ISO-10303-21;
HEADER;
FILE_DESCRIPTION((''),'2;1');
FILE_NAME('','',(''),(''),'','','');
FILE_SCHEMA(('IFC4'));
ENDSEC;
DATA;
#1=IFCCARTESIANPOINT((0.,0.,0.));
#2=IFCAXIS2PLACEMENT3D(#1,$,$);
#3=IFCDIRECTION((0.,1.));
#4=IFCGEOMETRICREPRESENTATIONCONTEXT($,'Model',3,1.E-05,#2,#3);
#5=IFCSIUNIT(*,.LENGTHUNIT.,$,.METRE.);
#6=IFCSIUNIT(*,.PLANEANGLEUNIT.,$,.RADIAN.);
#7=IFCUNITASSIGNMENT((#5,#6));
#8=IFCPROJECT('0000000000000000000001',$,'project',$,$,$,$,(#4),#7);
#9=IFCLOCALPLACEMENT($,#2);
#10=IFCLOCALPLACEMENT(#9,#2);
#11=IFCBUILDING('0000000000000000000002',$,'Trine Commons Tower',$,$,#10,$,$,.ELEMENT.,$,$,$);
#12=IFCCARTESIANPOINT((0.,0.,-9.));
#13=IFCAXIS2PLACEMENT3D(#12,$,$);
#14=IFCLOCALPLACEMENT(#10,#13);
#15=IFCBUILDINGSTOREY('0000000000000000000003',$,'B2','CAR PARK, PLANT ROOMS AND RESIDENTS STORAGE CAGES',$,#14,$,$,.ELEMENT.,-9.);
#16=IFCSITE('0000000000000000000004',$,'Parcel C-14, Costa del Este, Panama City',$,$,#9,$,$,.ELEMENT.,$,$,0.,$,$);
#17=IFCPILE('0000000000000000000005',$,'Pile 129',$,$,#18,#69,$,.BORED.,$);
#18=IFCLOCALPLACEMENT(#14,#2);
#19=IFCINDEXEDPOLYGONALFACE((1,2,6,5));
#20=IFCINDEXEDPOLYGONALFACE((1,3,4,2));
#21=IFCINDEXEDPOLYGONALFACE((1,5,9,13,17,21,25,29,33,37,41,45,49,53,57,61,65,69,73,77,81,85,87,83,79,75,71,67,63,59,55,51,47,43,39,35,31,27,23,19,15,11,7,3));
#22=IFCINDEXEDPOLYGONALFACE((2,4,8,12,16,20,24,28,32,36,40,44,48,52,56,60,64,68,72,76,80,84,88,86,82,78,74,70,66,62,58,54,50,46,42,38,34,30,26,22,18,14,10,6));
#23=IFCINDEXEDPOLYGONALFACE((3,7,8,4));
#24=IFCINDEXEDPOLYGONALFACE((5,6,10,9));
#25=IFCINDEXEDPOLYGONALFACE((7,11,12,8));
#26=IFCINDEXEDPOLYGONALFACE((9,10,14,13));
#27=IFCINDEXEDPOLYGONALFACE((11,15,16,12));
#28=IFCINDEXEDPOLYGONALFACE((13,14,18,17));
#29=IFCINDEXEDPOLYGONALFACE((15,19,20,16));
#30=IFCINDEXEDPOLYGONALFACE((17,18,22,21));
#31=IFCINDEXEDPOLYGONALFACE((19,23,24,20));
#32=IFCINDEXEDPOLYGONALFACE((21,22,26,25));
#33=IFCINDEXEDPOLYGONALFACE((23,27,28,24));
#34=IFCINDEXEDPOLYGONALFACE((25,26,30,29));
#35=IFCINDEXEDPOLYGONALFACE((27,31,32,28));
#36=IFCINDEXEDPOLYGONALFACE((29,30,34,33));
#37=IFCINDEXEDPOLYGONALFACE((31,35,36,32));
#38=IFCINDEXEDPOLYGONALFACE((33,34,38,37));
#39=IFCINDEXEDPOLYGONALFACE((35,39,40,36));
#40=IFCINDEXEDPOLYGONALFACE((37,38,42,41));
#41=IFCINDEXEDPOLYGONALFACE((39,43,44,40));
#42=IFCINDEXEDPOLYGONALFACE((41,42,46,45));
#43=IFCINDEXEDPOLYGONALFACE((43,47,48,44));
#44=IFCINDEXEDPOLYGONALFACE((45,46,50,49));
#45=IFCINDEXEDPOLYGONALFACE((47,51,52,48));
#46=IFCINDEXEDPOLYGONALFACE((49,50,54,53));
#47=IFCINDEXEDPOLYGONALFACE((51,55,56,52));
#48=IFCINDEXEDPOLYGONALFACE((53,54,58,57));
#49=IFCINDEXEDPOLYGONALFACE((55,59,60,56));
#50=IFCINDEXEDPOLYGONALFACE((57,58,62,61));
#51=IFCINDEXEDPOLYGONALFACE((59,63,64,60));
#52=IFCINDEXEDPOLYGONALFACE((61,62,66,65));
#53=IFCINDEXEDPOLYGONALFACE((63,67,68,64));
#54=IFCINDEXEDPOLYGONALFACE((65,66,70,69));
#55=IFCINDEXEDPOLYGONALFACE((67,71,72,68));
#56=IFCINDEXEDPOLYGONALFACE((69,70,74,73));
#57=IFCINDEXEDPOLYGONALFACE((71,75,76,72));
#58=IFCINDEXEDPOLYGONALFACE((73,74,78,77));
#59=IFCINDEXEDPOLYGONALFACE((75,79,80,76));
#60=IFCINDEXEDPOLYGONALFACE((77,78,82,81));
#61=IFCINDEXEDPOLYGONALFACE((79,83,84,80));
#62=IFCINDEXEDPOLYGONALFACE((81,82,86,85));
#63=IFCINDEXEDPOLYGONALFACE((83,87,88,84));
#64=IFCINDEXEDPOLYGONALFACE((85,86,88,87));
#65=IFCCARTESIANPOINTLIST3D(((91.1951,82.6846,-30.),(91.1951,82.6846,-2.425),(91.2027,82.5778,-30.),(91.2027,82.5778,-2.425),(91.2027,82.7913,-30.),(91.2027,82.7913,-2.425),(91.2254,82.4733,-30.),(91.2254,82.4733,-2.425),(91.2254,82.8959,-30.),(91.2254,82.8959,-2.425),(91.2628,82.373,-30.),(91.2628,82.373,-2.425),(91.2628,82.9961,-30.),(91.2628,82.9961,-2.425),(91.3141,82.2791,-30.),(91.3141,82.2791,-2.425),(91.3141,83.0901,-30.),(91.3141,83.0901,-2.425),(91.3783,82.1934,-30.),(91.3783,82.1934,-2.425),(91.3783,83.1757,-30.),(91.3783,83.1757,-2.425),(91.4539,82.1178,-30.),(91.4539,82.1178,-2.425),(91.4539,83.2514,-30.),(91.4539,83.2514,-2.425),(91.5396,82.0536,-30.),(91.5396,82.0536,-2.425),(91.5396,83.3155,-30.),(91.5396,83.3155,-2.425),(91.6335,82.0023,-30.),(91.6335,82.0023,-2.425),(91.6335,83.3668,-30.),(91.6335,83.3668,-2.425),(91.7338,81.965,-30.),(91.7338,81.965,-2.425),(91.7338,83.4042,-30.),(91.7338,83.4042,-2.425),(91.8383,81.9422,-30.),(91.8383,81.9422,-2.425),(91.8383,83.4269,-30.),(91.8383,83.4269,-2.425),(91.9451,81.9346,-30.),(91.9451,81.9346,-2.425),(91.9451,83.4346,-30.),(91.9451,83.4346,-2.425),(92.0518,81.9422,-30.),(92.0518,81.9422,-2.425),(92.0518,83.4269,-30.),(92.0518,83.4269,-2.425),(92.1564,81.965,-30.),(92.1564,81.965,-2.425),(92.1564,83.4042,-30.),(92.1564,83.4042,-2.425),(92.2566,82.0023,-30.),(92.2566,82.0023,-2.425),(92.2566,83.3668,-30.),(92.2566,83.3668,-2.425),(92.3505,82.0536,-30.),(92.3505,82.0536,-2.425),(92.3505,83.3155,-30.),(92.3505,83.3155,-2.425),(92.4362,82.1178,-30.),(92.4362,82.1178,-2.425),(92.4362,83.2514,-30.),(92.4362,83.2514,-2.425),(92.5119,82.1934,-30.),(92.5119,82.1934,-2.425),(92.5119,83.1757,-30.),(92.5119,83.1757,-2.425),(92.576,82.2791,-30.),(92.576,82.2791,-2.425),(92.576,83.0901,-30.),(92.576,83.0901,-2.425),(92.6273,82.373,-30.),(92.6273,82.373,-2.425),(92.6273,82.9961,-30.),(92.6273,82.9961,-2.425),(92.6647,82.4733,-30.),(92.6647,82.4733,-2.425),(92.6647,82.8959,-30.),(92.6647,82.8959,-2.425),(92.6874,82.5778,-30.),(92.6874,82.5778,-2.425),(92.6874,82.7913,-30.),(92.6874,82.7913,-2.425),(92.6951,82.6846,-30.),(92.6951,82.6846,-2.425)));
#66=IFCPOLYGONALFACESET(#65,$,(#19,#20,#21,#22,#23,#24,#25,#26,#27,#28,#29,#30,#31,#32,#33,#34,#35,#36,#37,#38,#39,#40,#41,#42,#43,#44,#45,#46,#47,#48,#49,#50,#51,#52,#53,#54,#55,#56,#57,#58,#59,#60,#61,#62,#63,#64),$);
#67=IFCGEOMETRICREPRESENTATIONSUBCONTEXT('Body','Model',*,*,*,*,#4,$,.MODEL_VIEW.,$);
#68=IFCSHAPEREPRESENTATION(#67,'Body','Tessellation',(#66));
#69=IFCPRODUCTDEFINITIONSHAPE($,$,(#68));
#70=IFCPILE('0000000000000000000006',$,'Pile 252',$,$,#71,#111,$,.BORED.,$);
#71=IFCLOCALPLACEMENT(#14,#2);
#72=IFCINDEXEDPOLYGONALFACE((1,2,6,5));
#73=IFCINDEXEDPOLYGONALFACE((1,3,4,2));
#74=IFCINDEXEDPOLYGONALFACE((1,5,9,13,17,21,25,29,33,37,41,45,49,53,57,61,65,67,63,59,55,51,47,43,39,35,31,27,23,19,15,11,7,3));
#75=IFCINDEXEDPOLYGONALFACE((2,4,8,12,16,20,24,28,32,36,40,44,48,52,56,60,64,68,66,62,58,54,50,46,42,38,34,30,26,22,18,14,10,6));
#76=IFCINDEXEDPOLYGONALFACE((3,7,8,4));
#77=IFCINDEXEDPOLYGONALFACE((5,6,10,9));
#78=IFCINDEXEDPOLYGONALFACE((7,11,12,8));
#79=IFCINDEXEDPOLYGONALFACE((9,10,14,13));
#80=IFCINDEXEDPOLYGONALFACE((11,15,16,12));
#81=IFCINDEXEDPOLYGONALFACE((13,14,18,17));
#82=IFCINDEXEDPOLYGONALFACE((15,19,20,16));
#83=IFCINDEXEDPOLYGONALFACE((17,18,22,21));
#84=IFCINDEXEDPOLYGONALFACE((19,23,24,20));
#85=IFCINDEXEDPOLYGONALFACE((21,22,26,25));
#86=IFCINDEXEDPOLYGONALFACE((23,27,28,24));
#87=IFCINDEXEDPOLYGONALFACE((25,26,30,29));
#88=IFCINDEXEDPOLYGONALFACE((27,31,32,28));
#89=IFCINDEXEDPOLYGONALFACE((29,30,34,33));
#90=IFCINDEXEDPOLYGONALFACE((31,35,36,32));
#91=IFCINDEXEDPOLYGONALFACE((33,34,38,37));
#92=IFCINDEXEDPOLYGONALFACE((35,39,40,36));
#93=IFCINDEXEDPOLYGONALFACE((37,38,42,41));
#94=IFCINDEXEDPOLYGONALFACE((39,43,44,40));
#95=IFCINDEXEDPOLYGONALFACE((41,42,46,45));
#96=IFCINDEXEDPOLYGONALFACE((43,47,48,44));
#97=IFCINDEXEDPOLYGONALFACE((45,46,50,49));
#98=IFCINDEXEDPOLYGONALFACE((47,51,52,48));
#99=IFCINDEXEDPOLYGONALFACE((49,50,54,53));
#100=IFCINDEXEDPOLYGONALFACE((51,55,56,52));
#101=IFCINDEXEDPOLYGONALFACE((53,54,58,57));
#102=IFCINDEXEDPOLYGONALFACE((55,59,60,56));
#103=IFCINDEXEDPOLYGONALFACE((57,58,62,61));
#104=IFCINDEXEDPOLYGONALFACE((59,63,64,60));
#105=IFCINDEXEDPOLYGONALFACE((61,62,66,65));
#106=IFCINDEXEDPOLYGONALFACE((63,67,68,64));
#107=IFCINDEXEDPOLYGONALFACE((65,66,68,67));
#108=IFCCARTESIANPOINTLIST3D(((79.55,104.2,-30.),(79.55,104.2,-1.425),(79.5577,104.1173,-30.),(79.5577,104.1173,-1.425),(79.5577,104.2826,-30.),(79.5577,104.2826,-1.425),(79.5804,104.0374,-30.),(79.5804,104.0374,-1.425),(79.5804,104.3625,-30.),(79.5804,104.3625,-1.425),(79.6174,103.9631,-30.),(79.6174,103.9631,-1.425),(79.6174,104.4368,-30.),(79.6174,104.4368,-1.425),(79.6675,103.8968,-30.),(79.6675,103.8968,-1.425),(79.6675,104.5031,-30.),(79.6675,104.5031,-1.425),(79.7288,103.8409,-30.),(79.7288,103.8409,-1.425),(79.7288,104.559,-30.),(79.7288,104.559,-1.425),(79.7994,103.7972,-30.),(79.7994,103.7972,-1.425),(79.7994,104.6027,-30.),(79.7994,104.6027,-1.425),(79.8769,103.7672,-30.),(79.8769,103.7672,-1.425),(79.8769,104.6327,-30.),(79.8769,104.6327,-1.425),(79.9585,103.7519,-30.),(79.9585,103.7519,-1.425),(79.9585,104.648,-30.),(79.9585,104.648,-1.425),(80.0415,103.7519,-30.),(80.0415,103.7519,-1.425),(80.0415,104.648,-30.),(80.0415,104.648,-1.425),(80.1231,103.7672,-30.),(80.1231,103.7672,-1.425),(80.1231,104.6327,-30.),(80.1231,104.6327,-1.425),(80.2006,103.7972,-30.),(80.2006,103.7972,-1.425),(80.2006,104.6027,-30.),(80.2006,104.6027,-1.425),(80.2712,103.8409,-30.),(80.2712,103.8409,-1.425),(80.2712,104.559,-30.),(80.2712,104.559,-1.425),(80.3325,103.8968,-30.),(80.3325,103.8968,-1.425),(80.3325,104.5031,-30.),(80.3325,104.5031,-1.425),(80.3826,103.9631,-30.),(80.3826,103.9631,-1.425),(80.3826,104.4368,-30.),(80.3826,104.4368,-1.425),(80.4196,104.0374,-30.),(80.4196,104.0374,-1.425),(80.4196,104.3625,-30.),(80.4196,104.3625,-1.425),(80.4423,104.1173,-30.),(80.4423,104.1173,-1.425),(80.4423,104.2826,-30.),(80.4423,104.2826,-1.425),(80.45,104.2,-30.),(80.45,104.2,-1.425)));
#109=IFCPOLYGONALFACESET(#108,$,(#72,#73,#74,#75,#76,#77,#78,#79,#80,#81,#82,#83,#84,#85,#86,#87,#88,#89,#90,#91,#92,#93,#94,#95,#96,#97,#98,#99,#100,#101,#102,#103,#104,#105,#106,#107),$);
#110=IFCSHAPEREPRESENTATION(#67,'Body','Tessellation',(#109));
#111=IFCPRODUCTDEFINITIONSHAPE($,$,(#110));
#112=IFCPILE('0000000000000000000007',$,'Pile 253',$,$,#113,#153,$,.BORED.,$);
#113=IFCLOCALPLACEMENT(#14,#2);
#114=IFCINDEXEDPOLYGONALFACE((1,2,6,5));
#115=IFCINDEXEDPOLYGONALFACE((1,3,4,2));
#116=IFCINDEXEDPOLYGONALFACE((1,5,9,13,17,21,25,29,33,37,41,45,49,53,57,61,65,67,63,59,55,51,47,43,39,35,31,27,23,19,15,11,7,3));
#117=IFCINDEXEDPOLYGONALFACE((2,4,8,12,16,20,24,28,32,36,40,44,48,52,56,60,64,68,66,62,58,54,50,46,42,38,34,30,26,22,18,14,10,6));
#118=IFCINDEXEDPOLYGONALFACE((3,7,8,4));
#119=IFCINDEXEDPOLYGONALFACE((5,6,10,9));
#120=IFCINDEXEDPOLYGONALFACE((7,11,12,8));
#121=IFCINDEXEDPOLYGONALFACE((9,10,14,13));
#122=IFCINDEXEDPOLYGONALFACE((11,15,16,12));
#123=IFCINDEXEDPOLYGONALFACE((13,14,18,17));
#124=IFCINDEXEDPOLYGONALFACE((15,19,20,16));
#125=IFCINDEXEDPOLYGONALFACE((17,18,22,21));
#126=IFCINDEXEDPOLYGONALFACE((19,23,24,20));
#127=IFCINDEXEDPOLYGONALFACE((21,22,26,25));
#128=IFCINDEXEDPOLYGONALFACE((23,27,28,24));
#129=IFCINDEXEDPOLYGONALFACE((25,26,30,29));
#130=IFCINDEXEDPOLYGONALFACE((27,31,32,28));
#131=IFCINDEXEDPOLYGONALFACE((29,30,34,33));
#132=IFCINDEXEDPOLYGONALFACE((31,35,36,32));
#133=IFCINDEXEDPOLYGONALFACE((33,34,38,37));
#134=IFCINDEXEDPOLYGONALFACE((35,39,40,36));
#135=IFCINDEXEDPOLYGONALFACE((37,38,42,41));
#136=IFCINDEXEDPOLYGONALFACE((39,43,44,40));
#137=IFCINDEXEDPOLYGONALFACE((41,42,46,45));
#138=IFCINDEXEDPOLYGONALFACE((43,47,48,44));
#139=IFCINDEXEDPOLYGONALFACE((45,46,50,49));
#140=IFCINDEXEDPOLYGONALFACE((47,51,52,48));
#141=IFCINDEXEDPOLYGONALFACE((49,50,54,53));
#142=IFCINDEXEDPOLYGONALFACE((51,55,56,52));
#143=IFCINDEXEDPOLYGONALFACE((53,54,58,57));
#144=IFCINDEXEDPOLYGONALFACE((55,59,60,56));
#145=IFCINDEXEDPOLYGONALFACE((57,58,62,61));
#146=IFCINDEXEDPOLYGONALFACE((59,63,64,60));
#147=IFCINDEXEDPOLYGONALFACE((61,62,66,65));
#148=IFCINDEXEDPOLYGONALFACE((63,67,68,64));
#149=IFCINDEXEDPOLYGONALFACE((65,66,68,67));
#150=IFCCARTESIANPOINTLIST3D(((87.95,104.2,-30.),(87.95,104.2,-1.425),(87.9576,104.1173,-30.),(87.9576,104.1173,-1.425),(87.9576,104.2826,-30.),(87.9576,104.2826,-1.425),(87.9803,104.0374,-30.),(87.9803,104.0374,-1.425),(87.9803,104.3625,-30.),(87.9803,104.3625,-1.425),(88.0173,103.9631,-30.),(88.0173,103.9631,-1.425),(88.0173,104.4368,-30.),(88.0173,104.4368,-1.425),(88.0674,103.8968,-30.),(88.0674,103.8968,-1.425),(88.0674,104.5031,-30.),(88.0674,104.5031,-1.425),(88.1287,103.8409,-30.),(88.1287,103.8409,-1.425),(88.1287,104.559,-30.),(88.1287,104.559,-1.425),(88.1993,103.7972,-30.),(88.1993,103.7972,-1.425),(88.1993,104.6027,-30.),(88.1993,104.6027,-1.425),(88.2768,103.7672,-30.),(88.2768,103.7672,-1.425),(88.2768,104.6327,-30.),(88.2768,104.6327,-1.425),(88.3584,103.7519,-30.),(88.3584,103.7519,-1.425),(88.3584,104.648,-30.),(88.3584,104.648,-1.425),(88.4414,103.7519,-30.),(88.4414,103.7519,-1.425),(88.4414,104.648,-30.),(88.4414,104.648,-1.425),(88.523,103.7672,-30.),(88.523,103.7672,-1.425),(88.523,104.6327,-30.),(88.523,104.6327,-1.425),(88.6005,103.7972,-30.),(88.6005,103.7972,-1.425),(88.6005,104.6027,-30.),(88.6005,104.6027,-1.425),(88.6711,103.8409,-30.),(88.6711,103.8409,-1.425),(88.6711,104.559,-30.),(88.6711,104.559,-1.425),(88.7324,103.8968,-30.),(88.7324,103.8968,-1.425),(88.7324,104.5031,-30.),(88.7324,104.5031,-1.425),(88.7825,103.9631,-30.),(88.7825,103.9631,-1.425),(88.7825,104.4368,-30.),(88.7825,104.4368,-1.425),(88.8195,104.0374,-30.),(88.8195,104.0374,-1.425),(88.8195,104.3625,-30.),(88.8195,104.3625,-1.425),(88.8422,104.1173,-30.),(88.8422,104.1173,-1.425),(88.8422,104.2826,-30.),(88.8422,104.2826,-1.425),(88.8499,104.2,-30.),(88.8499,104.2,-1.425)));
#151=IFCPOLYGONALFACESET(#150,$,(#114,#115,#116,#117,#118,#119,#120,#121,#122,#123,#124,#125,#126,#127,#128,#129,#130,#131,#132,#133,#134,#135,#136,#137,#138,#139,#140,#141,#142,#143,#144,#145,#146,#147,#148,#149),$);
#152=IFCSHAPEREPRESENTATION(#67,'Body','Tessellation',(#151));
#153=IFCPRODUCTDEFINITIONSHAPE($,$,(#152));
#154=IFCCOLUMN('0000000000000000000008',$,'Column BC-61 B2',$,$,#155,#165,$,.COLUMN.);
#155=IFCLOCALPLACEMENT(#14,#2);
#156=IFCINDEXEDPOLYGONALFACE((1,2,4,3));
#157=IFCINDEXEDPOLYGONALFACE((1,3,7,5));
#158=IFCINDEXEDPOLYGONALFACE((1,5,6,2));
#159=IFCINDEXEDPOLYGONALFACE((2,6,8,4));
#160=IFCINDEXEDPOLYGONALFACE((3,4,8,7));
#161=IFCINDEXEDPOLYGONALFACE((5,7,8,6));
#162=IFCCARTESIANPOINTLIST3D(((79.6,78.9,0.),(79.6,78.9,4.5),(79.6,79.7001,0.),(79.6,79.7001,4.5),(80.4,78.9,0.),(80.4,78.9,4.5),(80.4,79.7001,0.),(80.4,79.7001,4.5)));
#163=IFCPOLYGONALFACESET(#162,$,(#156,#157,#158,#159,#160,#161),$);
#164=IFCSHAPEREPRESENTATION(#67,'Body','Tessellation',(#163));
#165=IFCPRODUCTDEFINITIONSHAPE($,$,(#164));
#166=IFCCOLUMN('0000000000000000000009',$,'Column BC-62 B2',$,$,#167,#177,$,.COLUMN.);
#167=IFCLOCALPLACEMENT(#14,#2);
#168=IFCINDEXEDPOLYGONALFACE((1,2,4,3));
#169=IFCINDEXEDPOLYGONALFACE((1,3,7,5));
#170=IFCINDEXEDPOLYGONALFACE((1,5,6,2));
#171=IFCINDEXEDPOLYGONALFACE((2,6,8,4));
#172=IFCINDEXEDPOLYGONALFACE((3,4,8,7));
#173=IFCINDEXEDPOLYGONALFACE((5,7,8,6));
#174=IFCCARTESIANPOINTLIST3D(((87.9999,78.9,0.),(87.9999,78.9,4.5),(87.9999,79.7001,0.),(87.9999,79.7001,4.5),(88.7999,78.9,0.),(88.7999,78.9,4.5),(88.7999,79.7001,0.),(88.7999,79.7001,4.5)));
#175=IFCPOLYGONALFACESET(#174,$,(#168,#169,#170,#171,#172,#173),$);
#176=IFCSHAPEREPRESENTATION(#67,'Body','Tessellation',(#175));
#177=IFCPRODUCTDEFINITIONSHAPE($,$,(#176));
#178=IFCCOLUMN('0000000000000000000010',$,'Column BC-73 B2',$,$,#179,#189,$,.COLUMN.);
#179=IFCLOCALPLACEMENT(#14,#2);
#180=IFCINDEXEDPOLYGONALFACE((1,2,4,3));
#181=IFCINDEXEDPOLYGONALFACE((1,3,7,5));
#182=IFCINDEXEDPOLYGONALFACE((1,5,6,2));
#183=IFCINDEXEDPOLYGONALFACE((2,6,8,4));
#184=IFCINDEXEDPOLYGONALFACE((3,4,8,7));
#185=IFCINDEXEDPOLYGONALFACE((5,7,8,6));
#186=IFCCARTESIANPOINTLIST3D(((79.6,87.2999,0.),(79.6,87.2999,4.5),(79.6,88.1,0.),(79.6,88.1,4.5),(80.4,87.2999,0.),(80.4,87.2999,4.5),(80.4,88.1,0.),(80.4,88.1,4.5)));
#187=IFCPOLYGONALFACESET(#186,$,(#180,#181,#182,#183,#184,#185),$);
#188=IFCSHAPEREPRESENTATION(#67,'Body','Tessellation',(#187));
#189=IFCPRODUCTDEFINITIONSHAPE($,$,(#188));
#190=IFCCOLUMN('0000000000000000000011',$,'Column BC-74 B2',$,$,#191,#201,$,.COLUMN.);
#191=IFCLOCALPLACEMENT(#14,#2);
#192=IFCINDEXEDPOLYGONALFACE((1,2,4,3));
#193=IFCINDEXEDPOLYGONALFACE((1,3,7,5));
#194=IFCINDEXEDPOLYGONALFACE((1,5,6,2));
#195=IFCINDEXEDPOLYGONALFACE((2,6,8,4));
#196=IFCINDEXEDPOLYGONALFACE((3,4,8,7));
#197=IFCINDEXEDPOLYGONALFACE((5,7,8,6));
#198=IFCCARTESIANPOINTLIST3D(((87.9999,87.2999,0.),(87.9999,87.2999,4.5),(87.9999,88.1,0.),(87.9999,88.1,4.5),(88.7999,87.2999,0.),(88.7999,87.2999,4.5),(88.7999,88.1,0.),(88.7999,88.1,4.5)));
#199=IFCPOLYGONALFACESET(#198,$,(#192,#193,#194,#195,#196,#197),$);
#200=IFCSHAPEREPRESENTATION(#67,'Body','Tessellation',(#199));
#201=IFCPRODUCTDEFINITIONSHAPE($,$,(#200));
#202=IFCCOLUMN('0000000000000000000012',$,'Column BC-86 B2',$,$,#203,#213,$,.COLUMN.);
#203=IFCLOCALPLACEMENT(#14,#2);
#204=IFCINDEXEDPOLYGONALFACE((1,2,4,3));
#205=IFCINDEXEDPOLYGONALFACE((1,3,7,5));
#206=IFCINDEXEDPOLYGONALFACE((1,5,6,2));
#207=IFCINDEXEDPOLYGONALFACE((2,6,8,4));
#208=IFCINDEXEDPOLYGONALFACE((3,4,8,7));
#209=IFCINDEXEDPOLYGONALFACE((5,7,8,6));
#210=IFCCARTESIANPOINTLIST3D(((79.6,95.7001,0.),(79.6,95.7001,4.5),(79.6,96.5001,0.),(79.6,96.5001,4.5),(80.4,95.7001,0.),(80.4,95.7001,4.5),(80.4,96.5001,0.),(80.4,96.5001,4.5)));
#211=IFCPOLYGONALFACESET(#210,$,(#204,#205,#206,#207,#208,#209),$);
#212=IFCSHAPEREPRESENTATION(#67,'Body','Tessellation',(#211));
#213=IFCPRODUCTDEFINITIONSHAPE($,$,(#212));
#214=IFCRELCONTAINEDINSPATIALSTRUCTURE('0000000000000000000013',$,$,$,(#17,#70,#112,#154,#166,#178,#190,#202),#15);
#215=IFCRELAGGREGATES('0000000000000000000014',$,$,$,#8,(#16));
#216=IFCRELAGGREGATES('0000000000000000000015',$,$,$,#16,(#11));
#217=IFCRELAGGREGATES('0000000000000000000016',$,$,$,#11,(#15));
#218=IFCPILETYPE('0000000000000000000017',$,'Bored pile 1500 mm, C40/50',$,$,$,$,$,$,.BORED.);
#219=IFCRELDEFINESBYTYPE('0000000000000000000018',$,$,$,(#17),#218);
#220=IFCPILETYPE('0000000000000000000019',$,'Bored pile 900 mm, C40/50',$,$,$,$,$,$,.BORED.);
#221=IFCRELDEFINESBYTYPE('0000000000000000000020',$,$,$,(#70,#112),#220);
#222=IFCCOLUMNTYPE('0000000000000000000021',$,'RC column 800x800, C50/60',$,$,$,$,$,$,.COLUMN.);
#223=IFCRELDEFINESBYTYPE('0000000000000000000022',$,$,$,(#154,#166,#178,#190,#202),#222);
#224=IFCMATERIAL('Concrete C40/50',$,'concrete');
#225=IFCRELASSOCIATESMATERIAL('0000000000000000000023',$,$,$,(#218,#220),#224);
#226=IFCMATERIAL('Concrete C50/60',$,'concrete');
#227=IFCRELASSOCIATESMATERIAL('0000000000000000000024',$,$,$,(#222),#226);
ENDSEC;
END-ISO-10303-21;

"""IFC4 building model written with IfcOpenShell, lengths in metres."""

from ifc_helpers import new_model, si_unit, direction, frame, origin, origin_2d, place, context, subcontext, project, spatial, rectangle, circle, extrude, material, material_profile, profile_set, type_object, element, save


model = new_model("IFC4")

# Units and contexts
model_context = context("Model", 3, precision=1e-05, world=origin(), true_north=direction((0.0, 1.0)))
body_context = subcontext(model_context, "Body", "Model", "MODEL_VIEW")
ifc_project = project(units=[si_unit("LENGTHUNIT", "METRE"), si_unit("PLANEANGLEUNIT", "RADIAN")], contexts=[model_context])

# Site, building, storey
site_placement = place(None, origin())
site = spatial("IfcSite", under=ifc_project, at=site_placement, Name="Parcel C-14, Costa del Este, Panama City", CompositionType="ELEMENT", RefElevation=0.0)
building_placement = place(site_placement, origin())
building = spatial("IfcBuilding", under=site, at=building_placement, Name="Trine Commons Tower", CompositionType="ELEMENT")
storey_placement = place(building_placement, frame((0.0, 0.0, -9.0)))
storey = spatial("IfcBuildingStorey", under=building, at=storey_placement, Name="B2", Description="CAR PARK, PLANT ROOMS AND RESIDENTS STORAGE CAGES", CompositionType="ELEMENT", Elevation=-9.0)

# Piles
ifc_material_1 = material(Name="Concrete C40/50", Category="concrete")
pile_type_1 = type_object("IfcPileType", Name="Bored pile 1500 mm, C40/50", PredefinedType="BORED", material=ifc_material_1)
for number, where, z_axis, x_axis, name in (
    (1, (91.9451, 82.6846, -2.425), (0.0, 0.0, -1.0), (1.0, 0.0, 0.0), "Pile 129"),
):
    element("IfcPile", number, at=place(storey_placement, frame(where, z_axis=z_axis, x_axis=x_axis)), inside=storey, type_object=pile_type_1, Name=name, PredefinedType="BORED", context=body_context, shape_type="SweptSolid", body=[
        extrude(circle(Radius=0.75, at=origin_2d()), origin(), (0.0, 0.0, 1.0), 27.575),
    ])
pile_type_2 = type_object("IfcPileType", Name="Bored pile 900 mm, C40/50", PredefinedType="BORED", material=ifc_material_1)
for number, where, z_axis, x_axis, name in (
    (2, (80.0, 104.2, -1.425), (0.0, 0.0, -1.0), (1.0, 0.0, 0.0), "Pile 252"),
    (3, (88.3999, 104.2, -1.425), (0.0, 0.0, -1.0), (1.0, 0.0, 0.0), "Pile 253"),
):
    element("IfcPile", number, at=place(storey_placement, frame(where, z_axis=z_axis, x_axis=x_axis)), inside=storey, type_object=pile_type_2, Name=name, PredefinedType="BORED", context=body_context, shape_type="SweptSolid", body=[
        extrude(circle(Radius=0.45, at=origin_2d()), origin(), (0.0, 0.0, 1.0), 28.575),
    ])

# Columns
ifc_material_2 = material(Name="Concrete C50/60", Category="concrete")
ifc_material_profile_1 = material_profile(ifc_material_2, rectangle(XDim=0.8, YDim=0.8, at=origin_2d()), Name="RC 800x800")
ifc_profile_set_1 = profile_set([ifc_material_profile_1], Name="Concrete C50/60")
column_type_1 = type_object("IfcColumnType", Name="RC column 800x800, C50/60", PredefinedType="COLUMN", material=ifc_profile_set_1)
for number, where, z_axis, x_axis, name in (
    (4, (80.0, 79.3, 0.0), (0.0, 0.0, 1.0), (1.0, 0.0, 0.0), "Column BC-61 B2"),
    (5, (88.3999, 79.3, 0.0), (0.0, 0.0, 1.0), (1.0, 0.0, 0.0), "Column BC-62 B2"),
    (6, (80.0, 87.7, 0.0), (0.0, 0.0, 1.0), (1.0, 0.0, 0.0), "Column BC-73 B2"),
    (7, (88.3999, 87.7, 0.0), (0.0, 0.0, 1.0), (1.0, 0.0, 0.0), "Column BC-74 B2"),
    (8, (80.0, 96.1001, 0.0), (0.0, 0.0, 1.0), (1.0, 0.0, 0.0), "Column BC-86 B2"),
):
    element("IfcColumn", number, at=place(storey_placement, frame(where, z_axis=z_axis, x_axis=x_axis)), inside=storey, type_object=column_type_1, Name=name, PredefinedType="COLUMN", context=body_context, shape_type="SweptSolid", body=[
        extrude(rectangle(XDim=0.8, YDim=0.8, at=origin_2d()), origin(), (0.0, 0.0, 1.0), 4.5),
    ])

save(model, "model.ifc")
